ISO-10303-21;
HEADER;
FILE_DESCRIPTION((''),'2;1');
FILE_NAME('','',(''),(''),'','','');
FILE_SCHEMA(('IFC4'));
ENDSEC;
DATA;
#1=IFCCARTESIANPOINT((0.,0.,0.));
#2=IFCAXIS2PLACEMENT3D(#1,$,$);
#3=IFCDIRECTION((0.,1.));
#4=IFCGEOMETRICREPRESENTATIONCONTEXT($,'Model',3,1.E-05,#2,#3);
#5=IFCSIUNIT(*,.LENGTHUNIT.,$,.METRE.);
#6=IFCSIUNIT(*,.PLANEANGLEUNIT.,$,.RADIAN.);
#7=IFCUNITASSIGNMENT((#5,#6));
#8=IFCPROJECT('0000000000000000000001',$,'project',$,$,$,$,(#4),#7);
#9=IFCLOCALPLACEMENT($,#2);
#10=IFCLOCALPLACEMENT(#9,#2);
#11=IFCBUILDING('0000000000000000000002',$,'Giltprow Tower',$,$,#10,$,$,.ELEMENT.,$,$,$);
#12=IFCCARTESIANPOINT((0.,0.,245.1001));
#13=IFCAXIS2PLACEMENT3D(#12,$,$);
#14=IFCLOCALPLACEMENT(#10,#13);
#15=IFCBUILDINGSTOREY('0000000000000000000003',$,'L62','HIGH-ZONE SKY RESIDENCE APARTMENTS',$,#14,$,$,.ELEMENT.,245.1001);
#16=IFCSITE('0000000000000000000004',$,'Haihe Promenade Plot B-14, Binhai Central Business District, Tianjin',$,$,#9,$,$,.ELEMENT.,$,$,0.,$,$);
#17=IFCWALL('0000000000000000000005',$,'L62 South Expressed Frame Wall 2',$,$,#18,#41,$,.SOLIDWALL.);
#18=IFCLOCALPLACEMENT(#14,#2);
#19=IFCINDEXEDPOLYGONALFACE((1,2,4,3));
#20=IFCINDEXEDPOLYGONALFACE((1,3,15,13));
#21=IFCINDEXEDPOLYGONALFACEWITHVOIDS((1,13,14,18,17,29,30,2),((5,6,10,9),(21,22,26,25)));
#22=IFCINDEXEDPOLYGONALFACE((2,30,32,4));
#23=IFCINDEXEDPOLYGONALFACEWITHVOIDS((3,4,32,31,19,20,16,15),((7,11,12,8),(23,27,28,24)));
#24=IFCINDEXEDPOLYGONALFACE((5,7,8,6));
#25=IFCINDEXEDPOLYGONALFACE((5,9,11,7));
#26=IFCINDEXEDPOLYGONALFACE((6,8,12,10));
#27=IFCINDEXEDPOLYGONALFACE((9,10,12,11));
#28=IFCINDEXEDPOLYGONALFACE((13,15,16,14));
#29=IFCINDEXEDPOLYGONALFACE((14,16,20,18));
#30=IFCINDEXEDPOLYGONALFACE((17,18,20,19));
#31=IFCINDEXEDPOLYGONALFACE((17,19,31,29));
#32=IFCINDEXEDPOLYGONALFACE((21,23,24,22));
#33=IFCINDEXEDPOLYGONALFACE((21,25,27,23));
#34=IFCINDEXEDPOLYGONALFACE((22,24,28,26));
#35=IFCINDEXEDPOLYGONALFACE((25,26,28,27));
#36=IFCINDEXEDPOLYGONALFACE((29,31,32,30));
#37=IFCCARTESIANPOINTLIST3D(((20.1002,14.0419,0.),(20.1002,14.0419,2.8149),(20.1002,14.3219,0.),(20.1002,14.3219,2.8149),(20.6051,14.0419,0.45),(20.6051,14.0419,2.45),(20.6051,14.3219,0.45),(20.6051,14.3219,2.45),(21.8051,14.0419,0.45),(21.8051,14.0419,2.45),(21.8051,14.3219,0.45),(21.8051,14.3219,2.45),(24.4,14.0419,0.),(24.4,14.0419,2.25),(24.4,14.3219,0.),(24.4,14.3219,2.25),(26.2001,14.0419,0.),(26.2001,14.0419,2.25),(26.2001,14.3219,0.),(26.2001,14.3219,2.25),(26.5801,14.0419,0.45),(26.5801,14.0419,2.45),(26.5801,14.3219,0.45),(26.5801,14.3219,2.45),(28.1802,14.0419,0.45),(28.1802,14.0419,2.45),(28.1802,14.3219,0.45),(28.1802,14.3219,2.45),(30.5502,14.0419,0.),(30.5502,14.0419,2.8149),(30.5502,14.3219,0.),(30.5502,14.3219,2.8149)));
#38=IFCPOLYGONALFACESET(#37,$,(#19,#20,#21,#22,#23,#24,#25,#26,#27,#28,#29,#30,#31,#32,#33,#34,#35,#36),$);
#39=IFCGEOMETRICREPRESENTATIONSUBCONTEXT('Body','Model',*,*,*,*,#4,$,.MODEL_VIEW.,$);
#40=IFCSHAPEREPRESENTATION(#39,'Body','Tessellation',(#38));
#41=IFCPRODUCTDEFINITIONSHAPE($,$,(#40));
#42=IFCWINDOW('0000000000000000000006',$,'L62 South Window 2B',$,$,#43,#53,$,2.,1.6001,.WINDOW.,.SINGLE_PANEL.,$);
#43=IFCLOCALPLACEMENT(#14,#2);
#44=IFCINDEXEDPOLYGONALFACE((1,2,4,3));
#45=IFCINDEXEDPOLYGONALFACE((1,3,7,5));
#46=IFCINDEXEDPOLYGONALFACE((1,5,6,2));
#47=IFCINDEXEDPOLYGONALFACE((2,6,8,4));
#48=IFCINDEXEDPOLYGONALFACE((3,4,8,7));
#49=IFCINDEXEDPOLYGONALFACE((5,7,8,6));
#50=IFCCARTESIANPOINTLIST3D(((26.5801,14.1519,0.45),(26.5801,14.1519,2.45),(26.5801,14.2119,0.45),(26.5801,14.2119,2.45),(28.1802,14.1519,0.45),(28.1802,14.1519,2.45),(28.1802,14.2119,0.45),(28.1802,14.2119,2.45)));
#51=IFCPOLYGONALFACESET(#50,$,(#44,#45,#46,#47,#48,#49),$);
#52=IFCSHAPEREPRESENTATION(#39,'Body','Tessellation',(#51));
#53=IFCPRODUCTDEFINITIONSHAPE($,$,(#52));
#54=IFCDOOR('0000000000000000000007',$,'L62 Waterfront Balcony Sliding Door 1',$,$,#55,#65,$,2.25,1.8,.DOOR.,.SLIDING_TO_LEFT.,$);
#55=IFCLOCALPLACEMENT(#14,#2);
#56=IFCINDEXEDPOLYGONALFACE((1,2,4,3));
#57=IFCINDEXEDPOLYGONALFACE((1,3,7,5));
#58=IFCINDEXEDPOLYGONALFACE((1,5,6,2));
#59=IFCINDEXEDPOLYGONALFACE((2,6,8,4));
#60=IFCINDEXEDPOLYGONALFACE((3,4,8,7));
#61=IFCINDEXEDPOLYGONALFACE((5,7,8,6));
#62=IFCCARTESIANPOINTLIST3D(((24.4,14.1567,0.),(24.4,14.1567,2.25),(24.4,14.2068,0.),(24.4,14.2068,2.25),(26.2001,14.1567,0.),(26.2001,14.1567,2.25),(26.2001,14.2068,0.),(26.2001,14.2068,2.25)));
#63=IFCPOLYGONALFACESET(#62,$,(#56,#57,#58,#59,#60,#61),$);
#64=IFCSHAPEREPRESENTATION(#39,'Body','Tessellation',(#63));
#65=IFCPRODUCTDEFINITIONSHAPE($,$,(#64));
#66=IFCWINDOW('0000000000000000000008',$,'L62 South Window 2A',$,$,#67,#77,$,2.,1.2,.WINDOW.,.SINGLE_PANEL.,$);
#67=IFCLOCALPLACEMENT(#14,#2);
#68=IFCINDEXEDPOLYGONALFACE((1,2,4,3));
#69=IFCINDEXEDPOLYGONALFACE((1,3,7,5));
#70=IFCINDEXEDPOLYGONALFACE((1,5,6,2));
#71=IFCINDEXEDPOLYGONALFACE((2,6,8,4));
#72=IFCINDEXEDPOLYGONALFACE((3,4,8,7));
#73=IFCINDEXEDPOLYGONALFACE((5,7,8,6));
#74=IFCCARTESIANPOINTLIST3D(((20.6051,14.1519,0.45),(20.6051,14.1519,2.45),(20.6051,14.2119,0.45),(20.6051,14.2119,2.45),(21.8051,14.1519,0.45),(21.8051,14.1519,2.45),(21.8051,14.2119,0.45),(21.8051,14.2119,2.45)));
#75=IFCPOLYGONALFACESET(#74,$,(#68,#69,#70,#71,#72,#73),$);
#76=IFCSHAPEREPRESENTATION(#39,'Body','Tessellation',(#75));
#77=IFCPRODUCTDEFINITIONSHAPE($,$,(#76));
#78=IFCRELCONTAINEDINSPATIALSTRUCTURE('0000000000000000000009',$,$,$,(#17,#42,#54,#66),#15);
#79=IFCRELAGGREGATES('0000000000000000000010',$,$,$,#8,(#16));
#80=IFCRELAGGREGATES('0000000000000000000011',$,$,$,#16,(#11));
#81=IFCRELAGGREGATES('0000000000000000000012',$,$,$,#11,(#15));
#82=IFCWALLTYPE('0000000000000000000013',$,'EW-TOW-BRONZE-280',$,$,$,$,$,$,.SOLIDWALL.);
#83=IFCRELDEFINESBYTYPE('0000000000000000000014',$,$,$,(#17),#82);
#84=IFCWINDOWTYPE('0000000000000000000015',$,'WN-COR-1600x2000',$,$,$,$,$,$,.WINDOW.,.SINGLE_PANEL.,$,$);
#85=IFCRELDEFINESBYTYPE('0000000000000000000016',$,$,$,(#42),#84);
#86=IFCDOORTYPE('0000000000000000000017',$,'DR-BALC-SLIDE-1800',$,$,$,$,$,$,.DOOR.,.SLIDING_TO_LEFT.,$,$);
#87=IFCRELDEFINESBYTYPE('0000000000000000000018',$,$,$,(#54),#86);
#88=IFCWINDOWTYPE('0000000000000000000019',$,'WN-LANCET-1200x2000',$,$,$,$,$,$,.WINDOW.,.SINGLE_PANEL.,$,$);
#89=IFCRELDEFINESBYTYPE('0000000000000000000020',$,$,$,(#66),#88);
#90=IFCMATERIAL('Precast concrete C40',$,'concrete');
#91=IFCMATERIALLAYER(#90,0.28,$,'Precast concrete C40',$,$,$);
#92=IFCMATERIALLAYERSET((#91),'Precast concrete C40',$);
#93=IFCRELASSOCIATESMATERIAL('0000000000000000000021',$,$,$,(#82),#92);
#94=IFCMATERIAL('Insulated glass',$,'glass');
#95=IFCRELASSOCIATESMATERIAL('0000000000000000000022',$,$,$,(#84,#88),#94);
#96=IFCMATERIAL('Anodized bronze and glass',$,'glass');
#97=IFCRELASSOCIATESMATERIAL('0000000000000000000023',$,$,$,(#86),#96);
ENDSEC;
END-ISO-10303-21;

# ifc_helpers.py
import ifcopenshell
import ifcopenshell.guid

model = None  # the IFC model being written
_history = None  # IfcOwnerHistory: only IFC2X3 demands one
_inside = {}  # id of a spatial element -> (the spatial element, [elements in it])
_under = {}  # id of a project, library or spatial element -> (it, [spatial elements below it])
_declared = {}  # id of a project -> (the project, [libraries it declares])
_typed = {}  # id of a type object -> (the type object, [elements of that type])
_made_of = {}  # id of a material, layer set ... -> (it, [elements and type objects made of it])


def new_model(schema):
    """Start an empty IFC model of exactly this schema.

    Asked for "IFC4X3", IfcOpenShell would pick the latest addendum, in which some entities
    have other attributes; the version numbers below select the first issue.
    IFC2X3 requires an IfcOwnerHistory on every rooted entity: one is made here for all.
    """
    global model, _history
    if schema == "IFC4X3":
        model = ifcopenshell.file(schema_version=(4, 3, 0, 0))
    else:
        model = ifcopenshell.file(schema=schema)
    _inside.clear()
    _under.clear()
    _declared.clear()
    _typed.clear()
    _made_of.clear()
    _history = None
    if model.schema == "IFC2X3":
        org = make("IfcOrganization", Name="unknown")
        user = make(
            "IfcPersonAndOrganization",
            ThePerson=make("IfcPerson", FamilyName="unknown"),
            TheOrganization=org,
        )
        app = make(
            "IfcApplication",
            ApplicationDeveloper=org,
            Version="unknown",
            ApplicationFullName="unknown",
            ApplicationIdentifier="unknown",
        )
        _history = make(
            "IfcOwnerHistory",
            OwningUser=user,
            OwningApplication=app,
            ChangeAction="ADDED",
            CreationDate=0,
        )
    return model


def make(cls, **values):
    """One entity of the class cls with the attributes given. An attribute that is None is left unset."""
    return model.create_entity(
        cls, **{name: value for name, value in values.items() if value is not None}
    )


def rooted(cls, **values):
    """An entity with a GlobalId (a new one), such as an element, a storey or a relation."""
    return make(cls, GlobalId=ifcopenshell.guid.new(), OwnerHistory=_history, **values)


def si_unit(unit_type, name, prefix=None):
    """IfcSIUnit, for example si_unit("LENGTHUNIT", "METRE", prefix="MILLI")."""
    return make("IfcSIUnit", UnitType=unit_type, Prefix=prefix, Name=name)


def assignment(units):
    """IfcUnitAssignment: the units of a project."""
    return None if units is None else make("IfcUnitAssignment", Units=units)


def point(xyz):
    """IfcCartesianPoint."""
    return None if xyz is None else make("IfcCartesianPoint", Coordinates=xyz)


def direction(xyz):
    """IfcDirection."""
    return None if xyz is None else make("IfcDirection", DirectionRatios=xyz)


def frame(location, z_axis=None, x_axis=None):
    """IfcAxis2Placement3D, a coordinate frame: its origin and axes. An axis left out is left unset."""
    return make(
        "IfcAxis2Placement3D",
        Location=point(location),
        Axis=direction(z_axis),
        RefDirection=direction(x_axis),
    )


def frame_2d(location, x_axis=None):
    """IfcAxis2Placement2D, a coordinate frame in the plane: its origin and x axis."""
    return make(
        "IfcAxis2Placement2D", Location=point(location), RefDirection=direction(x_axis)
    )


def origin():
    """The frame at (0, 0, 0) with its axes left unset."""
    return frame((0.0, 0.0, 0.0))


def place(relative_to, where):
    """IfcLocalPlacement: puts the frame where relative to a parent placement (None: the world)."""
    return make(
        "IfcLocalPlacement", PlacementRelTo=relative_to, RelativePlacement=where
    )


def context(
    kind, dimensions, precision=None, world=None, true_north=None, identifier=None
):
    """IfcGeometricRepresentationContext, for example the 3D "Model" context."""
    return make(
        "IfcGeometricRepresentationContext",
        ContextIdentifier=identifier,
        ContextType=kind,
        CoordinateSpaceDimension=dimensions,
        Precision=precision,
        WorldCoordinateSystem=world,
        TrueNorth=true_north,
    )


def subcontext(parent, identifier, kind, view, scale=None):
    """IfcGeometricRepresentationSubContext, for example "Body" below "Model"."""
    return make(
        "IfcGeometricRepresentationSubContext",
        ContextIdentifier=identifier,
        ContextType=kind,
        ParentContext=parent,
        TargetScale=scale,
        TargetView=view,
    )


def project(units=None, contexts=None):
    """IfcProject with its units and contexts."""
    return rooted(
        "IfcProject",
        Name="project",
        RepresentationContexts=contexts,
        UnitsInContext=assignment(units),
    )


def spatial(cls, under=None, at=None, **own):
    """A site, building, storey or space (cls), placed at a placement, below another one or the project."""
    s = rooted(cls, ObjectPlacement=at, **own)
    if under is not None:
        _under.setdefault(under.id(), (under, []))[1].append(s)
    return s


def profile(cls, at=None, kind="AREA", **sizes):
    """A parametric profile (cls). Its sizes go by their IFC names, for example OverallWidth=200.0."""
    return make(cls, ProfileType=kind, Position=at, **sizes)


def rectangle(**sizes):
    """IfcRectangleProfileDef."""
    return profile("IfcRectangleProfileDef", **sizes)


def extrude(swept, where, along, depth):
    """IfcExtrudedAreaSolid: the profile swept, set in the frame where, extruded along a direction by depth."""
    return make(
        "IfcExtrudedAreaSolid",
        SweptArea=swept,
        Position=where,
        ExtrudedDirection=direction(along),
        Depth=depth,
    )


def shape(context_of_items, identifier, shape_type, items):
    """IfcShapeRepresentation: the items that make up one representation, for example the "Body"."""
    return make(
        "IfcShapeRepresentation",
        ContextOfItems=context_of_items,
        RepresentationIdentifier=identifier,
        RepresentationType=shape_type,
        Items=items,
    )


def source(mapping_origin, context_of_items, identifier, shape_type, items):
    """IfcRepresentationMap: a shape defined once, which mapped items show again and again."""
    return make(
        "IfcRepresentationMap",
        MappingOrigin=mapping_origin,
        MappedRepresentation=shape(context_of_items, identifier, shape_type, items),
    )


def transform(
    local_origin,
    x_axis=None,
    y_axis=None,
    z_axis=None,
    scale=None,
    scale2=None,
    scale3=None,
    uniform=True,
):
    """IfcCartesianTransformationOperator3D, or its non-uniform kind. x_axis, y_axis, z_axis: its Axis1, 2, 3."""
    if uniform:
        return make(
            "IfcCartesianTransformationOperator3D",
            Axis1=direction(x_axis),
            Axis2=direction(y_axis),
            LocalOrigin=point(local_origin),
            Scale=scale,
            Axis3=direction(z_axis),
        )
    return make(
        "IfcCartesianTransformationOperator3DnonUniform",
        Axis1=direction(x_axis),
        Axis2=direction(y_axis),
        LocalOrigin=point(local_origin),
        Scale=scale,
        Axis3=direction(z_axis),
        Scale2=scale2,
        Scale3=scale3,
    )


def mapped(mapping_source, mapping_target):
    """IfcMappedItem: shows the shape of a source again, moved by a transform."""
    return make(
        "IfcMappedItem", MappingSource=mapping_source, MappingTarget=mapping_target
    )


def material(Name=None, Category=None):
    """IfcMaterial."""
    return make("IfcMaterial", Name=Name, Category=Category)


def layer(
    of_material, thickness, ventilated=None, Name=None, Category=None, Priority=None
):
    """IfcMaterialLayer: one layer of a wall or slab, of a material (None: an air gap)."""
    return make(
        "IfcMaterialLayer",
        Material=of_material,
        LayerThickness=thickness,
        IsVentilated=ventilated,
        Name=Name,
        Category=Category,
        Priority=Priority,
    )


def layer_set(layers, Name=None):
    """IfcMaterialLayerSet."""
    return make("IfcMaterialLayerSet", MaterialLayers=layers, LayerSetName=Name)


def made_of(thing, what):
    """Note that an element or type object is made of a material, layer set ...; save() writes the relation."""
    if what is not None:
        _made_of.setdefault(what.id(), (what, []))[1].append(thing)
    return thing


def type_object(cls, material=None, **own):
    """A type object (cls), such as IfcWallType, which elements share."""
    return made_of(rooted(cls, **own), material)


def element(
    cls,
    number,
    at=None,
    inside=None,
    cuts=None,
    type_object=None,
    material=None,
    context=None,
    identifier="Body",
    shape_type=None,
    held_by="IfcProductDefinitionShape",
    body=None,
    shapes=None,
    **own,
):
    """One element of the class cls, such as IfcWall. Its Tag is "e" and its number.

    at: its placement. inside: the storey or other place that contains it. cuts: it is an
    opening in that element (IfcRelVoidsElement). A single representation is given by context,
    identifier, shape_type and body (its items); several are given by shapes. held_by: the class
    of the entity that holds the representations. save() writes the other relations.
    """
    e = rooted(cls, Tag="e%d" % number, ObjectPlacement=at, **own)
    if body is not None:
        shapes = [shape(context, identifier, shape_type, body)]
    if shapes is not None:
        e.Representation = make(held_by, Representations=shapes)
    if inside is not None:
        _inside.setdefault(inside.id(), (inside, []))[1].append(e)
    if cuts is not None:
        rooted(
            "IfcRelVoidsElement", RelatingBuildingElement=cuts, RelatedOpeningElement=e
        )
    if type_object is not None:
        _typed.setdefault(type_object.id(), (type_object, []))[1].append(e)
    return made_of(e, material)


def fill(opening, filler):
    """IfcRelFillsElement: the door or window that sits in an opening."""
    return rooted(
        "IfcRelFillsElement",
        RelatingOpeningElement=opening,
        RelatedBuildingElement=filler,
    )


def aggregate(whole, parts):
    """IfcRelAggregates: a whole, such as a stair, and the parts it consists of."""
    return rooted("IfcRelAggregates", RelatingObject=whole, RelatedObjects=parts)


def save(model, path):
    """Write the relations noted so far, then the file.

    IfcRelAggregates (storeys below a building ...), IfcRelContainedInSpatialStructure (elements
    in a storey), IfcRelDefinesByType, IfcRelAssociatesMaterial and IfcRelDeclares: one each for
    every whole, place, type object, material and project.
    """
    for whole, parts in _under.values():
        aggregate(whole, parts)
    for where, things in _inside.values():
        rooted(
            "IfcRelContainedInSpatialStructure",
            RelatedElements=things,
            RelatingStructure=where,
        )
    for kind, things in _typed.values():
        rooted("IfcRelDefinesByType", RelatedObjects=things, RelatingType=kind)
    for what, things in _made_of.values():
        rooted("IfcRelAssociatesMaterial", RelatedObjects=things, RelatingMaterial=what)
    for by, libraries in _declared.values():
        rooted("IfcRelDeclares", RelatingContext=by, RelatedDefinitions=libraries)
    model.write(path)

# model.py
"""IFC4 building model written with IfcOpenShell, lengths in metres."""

from ifc_helpers import new_model, si_unit, direction, frame, frame_2d, origin, place, context, subcontext, project, spatial, rectangle, extrude, source, transform, mapped, material, layer, layer_set, type_object, element, fill, save


model = new_model("IFC4")

# Units and contexts
model_context = context("Model", 3, precision=1e-05, world=origin(), true_north=direction((0.0, 1.0)))
body_context = subcontext(model_context, "Body", "Model", "MODEL_VIEW")
ifc_project = project(units=[si_unit("LENGTHUNIT", "METRE"), si_unit("PLANEANGLEUNIT", "RADIAN")], contexts=[model_context])

# Site, building, storey
site_placement = place(None, origin())
site = spatial("IfcSite", under=ifc_project, at=site_placement, Name="Haihe Promenade Plot B-14, Binhai Central Business District, Tianjin", CompositionType="ELEMENT", RefElevation=0.0)
building_placement = place(site_placement, origin())
building = spatial("IfcBuilding", under=site, at=building_placement, Name="Giltprow Tower", CompositionType="ELEMENT")
storey_placement = place(building_placement, frame((0.0, 0.0, 245.1001)))
storey = spatial("IfcBuildingStorey", under=building, at=storey_placement, Name="L62", Description="HIGH-ZONE SKY RESIDENCE APARTMENTS", CompositionType="ELEMENT", Elevation=245.1001)

# Shared definitions
ifc_material_1 = material(Name="Insulated glass", Category="glass")

# Wall, openings, windows, door
ifc_material_2 = material(Name="Precast concrete C40", Category="concrete")
ifc_layer_1 = layer(ifc_material_2, 0.28, Name="Precast concrete C40")
ifc_layer_set_1 = layer_set([ifc_layer_1], Name="Precast concrete C40")
wall_type = type_object("IfcWallType", Name="EW-TOW-BRONZE-280", PredefinedType="SOLIDWALL", material=ifc_layer_set_1)
wall_placement = place(storey_placement, frame((20.1001, 14.1819, 0.0), z_axis=(0.0, 0.0, 1.0), x_axis=(1.0, 0.0, 0.0)))
wall = element("IfcWall", 1, at=wall_placement, inside=storey, type_object=wall_type, Name="L62 South Expressed Frame Wall 2", PredefinedType="SOLIDWALL", context=body_context, shape_type="SweptSolid", body=[
    extrude(rectangle(XDim=10.45, YDim=0.28, at=frame_2d((5.2251, 0.0))), origin(), (0.0, 0.0, 1.0), 2.8149),
])
opening_1_placement = place(wall_placement, frame((4.3, 0.0, 0.0)))
opening_1 = element("IfcOpeningElement", 2, at=opening_1_placement, cuts=wall, PredefinedType="OPENING", context=body_context, shape_type="SweptSolid", body=[
    extrude(rectangle(XDim=1.8, YDim=2.25, at=frame_2d((0.8999, 1.125))), frame((0.0, 0.1499, 0.0), z_axis=(0.0, -1.0, 0.0), x_axis=(1.0, 0.0, 0.0)), (0.0, 0.0, 1.0), 0.3),
])
opening_2_placement = place(wall_placement, frame((0.5049, 0.0, 0.45)))
opening_2 = element("IfcOpeningElement", 3, at=opening_2_placement, cuts=wall, PredefinedType="OPENING", context=body_context, shape_type="SweptSolid", body=[
    extrude(rectangle(XDim=1.2, YDim=2.0, at=frame_2d((0.6001, 1.0))), frame((0.0, 0.1499, 0.0), z_axis=(0.0, -1.0, 0.0), x_axis=(1.0, 0.0, 0.0)), (0.0, 0.0, 1.0), 0.3),
])
opening_3_placement = place(wall_placement, frame((6.48, 0.0, 0.45)))
opening_3 = element("IfcOpeningElement", 4, at=opening_3_placement, cuts=wall, PredefinedType="OPENING", context=body_context, shape_type="SweptSolid", body=[
    extrude(rectangle(XDim=1.6001, YDim=2.0, at=frame_2d((0.8, 1.0))), frame((0.0, 0.1499, 0.0), z_axis=(0.0, -1.0, 0.0), x_axis=(1.0, 0.0, 0.0)), (0.0, 0.0, 1.0), 0.3),
])
window_type_1 = type_object("IfcWindowType", Name="WN-COR-1600x2000", PartitioningType="SINGLE_PANEL", PredefinedType="WINDOW", material=ifc_material_1)
shared_shape_1 = source(origin(), body_context, "Body", "SweptSolid", [
    extrude(rectangle(XDim=1.6001, YDim=2.0, at=frame_2d((0.8, 1.0))), frame((0.0, 0.03, 0.0), z_axis=(0.0, -1.0, 0.0), x_axis=(1.0, 0.0, 0.0)), (0.0, 0.0, 1.0), 0.0601),
])
window_1_placement = place(opening_3_placement, origin())
window_1 = element("IfcWindow", 5, at=window_1_placement, inside=storey, type_object=window_type_1, Name="L62 South Window 2B", OverallHeight=2.0, OverallWidth=1.6001, PartitioningType="SINGLE_PANEL", PredefinedType="WINDOW", context=body_context, shape_type="MappedRepresentation", body=[
    mapped(shared_shape_1, transform((0.0, 0.0, 0.0), x_axis=(1.0, 0.0, 0.0), y_axis=(0.0, 1.0, 0.0), z_axis=(0.0, 0.0, 1.0), scale=1.0)),
])
fill(opening_3, window_1)
ifc_material_3 = material(Name="Anodized bronze and glass", Category="glass")
door_type = type_object("IfcDoorType", Name="DR-BALC-SLIDE-1800", OperationType="SLIDING_TO_LEFT", PredefinedType="DOOR", material=ifc_material_3)
shared_shape_2 = source(origin(), body_context, "Body", "SweptSolid", [
    extrude(rectangle(XDim=1.8, YDim=2.25, at=frame_2d((0.8999, 1.125))), frame((0.0, 0.0249, 0.0), z_axis=(0.0, -1.0, 0.0), x_axis=(1.0, 0.0, 0.0)), (0.0, 0.0, 1.0), 0.05),
])
door_placement = place(opening_1_placement, origin())
door = element("IfcDoor", 6, at=door_placement, inside=storey, type_object=door_type, Name="L62 Waterfront Balcony Sliding Door 1", OperationType="SLIDING_TO_LEFT", OverallHeight=2.25, OverallWidth=1.8, PredefinedType="DOOR", context=body_context, shape_type="MappedRepresentation", body=[
    mapped(shared_shape_2, transform((0.0, 0.0, 0.0), x_axis=(1.0, 0.0, 0.0), y_axis=(0.0, 1.0, 0.0), z_axis=(0.0, 0.0, 1.0), scale=1.0)),
])
fill(opening_1, door)
window_type_2 = type_object("IfcWindowType", Name="WN-LANCET-1200x2000", PartitioningType="SINGLE_PANEL", PredefinedType="WINDOW", material=ifc_material_1)
shared_shape_3 = source(origin(), body_context, "Body", "SweptSolid", [
    extrude(rectangle(XDim=1.2, YDim=2.0, at=frame_2d((0.6001, 1.0))), frame((0.0, 0.03, 0.0), z_axis=(0.0, -1.0, 0.0), x_axis=(1.0, 0.0, 0.0)), (0.0, 0.0, 1.0), 0.0601),
])
window_2_placement = place(opening_2_placement, origin())
window_2 = element("IfcWindow", 7, at=window_2_placement, inside=storey, type_object=window_type_2, Name="L62 South Window 2A", OverallHeight=2.0, OverallWidth=1.2, PartitioningType="SINGLE_PANEL", PredefinedType="WINDOW", context=body_context, shape_type="MappedRepresentation", body=[
    mapped(shared_shape_3, transform((0.0, 0.0, 0.0), x_axis=(1.0, 0.0, 0.0), y_axis=(0.0, 1.0, 0.0), z_axis=(0.0, 0.0, 1.0), scale=1.0)),
])
fill(opening_2, window_2)

save(model, "model.ifc")
